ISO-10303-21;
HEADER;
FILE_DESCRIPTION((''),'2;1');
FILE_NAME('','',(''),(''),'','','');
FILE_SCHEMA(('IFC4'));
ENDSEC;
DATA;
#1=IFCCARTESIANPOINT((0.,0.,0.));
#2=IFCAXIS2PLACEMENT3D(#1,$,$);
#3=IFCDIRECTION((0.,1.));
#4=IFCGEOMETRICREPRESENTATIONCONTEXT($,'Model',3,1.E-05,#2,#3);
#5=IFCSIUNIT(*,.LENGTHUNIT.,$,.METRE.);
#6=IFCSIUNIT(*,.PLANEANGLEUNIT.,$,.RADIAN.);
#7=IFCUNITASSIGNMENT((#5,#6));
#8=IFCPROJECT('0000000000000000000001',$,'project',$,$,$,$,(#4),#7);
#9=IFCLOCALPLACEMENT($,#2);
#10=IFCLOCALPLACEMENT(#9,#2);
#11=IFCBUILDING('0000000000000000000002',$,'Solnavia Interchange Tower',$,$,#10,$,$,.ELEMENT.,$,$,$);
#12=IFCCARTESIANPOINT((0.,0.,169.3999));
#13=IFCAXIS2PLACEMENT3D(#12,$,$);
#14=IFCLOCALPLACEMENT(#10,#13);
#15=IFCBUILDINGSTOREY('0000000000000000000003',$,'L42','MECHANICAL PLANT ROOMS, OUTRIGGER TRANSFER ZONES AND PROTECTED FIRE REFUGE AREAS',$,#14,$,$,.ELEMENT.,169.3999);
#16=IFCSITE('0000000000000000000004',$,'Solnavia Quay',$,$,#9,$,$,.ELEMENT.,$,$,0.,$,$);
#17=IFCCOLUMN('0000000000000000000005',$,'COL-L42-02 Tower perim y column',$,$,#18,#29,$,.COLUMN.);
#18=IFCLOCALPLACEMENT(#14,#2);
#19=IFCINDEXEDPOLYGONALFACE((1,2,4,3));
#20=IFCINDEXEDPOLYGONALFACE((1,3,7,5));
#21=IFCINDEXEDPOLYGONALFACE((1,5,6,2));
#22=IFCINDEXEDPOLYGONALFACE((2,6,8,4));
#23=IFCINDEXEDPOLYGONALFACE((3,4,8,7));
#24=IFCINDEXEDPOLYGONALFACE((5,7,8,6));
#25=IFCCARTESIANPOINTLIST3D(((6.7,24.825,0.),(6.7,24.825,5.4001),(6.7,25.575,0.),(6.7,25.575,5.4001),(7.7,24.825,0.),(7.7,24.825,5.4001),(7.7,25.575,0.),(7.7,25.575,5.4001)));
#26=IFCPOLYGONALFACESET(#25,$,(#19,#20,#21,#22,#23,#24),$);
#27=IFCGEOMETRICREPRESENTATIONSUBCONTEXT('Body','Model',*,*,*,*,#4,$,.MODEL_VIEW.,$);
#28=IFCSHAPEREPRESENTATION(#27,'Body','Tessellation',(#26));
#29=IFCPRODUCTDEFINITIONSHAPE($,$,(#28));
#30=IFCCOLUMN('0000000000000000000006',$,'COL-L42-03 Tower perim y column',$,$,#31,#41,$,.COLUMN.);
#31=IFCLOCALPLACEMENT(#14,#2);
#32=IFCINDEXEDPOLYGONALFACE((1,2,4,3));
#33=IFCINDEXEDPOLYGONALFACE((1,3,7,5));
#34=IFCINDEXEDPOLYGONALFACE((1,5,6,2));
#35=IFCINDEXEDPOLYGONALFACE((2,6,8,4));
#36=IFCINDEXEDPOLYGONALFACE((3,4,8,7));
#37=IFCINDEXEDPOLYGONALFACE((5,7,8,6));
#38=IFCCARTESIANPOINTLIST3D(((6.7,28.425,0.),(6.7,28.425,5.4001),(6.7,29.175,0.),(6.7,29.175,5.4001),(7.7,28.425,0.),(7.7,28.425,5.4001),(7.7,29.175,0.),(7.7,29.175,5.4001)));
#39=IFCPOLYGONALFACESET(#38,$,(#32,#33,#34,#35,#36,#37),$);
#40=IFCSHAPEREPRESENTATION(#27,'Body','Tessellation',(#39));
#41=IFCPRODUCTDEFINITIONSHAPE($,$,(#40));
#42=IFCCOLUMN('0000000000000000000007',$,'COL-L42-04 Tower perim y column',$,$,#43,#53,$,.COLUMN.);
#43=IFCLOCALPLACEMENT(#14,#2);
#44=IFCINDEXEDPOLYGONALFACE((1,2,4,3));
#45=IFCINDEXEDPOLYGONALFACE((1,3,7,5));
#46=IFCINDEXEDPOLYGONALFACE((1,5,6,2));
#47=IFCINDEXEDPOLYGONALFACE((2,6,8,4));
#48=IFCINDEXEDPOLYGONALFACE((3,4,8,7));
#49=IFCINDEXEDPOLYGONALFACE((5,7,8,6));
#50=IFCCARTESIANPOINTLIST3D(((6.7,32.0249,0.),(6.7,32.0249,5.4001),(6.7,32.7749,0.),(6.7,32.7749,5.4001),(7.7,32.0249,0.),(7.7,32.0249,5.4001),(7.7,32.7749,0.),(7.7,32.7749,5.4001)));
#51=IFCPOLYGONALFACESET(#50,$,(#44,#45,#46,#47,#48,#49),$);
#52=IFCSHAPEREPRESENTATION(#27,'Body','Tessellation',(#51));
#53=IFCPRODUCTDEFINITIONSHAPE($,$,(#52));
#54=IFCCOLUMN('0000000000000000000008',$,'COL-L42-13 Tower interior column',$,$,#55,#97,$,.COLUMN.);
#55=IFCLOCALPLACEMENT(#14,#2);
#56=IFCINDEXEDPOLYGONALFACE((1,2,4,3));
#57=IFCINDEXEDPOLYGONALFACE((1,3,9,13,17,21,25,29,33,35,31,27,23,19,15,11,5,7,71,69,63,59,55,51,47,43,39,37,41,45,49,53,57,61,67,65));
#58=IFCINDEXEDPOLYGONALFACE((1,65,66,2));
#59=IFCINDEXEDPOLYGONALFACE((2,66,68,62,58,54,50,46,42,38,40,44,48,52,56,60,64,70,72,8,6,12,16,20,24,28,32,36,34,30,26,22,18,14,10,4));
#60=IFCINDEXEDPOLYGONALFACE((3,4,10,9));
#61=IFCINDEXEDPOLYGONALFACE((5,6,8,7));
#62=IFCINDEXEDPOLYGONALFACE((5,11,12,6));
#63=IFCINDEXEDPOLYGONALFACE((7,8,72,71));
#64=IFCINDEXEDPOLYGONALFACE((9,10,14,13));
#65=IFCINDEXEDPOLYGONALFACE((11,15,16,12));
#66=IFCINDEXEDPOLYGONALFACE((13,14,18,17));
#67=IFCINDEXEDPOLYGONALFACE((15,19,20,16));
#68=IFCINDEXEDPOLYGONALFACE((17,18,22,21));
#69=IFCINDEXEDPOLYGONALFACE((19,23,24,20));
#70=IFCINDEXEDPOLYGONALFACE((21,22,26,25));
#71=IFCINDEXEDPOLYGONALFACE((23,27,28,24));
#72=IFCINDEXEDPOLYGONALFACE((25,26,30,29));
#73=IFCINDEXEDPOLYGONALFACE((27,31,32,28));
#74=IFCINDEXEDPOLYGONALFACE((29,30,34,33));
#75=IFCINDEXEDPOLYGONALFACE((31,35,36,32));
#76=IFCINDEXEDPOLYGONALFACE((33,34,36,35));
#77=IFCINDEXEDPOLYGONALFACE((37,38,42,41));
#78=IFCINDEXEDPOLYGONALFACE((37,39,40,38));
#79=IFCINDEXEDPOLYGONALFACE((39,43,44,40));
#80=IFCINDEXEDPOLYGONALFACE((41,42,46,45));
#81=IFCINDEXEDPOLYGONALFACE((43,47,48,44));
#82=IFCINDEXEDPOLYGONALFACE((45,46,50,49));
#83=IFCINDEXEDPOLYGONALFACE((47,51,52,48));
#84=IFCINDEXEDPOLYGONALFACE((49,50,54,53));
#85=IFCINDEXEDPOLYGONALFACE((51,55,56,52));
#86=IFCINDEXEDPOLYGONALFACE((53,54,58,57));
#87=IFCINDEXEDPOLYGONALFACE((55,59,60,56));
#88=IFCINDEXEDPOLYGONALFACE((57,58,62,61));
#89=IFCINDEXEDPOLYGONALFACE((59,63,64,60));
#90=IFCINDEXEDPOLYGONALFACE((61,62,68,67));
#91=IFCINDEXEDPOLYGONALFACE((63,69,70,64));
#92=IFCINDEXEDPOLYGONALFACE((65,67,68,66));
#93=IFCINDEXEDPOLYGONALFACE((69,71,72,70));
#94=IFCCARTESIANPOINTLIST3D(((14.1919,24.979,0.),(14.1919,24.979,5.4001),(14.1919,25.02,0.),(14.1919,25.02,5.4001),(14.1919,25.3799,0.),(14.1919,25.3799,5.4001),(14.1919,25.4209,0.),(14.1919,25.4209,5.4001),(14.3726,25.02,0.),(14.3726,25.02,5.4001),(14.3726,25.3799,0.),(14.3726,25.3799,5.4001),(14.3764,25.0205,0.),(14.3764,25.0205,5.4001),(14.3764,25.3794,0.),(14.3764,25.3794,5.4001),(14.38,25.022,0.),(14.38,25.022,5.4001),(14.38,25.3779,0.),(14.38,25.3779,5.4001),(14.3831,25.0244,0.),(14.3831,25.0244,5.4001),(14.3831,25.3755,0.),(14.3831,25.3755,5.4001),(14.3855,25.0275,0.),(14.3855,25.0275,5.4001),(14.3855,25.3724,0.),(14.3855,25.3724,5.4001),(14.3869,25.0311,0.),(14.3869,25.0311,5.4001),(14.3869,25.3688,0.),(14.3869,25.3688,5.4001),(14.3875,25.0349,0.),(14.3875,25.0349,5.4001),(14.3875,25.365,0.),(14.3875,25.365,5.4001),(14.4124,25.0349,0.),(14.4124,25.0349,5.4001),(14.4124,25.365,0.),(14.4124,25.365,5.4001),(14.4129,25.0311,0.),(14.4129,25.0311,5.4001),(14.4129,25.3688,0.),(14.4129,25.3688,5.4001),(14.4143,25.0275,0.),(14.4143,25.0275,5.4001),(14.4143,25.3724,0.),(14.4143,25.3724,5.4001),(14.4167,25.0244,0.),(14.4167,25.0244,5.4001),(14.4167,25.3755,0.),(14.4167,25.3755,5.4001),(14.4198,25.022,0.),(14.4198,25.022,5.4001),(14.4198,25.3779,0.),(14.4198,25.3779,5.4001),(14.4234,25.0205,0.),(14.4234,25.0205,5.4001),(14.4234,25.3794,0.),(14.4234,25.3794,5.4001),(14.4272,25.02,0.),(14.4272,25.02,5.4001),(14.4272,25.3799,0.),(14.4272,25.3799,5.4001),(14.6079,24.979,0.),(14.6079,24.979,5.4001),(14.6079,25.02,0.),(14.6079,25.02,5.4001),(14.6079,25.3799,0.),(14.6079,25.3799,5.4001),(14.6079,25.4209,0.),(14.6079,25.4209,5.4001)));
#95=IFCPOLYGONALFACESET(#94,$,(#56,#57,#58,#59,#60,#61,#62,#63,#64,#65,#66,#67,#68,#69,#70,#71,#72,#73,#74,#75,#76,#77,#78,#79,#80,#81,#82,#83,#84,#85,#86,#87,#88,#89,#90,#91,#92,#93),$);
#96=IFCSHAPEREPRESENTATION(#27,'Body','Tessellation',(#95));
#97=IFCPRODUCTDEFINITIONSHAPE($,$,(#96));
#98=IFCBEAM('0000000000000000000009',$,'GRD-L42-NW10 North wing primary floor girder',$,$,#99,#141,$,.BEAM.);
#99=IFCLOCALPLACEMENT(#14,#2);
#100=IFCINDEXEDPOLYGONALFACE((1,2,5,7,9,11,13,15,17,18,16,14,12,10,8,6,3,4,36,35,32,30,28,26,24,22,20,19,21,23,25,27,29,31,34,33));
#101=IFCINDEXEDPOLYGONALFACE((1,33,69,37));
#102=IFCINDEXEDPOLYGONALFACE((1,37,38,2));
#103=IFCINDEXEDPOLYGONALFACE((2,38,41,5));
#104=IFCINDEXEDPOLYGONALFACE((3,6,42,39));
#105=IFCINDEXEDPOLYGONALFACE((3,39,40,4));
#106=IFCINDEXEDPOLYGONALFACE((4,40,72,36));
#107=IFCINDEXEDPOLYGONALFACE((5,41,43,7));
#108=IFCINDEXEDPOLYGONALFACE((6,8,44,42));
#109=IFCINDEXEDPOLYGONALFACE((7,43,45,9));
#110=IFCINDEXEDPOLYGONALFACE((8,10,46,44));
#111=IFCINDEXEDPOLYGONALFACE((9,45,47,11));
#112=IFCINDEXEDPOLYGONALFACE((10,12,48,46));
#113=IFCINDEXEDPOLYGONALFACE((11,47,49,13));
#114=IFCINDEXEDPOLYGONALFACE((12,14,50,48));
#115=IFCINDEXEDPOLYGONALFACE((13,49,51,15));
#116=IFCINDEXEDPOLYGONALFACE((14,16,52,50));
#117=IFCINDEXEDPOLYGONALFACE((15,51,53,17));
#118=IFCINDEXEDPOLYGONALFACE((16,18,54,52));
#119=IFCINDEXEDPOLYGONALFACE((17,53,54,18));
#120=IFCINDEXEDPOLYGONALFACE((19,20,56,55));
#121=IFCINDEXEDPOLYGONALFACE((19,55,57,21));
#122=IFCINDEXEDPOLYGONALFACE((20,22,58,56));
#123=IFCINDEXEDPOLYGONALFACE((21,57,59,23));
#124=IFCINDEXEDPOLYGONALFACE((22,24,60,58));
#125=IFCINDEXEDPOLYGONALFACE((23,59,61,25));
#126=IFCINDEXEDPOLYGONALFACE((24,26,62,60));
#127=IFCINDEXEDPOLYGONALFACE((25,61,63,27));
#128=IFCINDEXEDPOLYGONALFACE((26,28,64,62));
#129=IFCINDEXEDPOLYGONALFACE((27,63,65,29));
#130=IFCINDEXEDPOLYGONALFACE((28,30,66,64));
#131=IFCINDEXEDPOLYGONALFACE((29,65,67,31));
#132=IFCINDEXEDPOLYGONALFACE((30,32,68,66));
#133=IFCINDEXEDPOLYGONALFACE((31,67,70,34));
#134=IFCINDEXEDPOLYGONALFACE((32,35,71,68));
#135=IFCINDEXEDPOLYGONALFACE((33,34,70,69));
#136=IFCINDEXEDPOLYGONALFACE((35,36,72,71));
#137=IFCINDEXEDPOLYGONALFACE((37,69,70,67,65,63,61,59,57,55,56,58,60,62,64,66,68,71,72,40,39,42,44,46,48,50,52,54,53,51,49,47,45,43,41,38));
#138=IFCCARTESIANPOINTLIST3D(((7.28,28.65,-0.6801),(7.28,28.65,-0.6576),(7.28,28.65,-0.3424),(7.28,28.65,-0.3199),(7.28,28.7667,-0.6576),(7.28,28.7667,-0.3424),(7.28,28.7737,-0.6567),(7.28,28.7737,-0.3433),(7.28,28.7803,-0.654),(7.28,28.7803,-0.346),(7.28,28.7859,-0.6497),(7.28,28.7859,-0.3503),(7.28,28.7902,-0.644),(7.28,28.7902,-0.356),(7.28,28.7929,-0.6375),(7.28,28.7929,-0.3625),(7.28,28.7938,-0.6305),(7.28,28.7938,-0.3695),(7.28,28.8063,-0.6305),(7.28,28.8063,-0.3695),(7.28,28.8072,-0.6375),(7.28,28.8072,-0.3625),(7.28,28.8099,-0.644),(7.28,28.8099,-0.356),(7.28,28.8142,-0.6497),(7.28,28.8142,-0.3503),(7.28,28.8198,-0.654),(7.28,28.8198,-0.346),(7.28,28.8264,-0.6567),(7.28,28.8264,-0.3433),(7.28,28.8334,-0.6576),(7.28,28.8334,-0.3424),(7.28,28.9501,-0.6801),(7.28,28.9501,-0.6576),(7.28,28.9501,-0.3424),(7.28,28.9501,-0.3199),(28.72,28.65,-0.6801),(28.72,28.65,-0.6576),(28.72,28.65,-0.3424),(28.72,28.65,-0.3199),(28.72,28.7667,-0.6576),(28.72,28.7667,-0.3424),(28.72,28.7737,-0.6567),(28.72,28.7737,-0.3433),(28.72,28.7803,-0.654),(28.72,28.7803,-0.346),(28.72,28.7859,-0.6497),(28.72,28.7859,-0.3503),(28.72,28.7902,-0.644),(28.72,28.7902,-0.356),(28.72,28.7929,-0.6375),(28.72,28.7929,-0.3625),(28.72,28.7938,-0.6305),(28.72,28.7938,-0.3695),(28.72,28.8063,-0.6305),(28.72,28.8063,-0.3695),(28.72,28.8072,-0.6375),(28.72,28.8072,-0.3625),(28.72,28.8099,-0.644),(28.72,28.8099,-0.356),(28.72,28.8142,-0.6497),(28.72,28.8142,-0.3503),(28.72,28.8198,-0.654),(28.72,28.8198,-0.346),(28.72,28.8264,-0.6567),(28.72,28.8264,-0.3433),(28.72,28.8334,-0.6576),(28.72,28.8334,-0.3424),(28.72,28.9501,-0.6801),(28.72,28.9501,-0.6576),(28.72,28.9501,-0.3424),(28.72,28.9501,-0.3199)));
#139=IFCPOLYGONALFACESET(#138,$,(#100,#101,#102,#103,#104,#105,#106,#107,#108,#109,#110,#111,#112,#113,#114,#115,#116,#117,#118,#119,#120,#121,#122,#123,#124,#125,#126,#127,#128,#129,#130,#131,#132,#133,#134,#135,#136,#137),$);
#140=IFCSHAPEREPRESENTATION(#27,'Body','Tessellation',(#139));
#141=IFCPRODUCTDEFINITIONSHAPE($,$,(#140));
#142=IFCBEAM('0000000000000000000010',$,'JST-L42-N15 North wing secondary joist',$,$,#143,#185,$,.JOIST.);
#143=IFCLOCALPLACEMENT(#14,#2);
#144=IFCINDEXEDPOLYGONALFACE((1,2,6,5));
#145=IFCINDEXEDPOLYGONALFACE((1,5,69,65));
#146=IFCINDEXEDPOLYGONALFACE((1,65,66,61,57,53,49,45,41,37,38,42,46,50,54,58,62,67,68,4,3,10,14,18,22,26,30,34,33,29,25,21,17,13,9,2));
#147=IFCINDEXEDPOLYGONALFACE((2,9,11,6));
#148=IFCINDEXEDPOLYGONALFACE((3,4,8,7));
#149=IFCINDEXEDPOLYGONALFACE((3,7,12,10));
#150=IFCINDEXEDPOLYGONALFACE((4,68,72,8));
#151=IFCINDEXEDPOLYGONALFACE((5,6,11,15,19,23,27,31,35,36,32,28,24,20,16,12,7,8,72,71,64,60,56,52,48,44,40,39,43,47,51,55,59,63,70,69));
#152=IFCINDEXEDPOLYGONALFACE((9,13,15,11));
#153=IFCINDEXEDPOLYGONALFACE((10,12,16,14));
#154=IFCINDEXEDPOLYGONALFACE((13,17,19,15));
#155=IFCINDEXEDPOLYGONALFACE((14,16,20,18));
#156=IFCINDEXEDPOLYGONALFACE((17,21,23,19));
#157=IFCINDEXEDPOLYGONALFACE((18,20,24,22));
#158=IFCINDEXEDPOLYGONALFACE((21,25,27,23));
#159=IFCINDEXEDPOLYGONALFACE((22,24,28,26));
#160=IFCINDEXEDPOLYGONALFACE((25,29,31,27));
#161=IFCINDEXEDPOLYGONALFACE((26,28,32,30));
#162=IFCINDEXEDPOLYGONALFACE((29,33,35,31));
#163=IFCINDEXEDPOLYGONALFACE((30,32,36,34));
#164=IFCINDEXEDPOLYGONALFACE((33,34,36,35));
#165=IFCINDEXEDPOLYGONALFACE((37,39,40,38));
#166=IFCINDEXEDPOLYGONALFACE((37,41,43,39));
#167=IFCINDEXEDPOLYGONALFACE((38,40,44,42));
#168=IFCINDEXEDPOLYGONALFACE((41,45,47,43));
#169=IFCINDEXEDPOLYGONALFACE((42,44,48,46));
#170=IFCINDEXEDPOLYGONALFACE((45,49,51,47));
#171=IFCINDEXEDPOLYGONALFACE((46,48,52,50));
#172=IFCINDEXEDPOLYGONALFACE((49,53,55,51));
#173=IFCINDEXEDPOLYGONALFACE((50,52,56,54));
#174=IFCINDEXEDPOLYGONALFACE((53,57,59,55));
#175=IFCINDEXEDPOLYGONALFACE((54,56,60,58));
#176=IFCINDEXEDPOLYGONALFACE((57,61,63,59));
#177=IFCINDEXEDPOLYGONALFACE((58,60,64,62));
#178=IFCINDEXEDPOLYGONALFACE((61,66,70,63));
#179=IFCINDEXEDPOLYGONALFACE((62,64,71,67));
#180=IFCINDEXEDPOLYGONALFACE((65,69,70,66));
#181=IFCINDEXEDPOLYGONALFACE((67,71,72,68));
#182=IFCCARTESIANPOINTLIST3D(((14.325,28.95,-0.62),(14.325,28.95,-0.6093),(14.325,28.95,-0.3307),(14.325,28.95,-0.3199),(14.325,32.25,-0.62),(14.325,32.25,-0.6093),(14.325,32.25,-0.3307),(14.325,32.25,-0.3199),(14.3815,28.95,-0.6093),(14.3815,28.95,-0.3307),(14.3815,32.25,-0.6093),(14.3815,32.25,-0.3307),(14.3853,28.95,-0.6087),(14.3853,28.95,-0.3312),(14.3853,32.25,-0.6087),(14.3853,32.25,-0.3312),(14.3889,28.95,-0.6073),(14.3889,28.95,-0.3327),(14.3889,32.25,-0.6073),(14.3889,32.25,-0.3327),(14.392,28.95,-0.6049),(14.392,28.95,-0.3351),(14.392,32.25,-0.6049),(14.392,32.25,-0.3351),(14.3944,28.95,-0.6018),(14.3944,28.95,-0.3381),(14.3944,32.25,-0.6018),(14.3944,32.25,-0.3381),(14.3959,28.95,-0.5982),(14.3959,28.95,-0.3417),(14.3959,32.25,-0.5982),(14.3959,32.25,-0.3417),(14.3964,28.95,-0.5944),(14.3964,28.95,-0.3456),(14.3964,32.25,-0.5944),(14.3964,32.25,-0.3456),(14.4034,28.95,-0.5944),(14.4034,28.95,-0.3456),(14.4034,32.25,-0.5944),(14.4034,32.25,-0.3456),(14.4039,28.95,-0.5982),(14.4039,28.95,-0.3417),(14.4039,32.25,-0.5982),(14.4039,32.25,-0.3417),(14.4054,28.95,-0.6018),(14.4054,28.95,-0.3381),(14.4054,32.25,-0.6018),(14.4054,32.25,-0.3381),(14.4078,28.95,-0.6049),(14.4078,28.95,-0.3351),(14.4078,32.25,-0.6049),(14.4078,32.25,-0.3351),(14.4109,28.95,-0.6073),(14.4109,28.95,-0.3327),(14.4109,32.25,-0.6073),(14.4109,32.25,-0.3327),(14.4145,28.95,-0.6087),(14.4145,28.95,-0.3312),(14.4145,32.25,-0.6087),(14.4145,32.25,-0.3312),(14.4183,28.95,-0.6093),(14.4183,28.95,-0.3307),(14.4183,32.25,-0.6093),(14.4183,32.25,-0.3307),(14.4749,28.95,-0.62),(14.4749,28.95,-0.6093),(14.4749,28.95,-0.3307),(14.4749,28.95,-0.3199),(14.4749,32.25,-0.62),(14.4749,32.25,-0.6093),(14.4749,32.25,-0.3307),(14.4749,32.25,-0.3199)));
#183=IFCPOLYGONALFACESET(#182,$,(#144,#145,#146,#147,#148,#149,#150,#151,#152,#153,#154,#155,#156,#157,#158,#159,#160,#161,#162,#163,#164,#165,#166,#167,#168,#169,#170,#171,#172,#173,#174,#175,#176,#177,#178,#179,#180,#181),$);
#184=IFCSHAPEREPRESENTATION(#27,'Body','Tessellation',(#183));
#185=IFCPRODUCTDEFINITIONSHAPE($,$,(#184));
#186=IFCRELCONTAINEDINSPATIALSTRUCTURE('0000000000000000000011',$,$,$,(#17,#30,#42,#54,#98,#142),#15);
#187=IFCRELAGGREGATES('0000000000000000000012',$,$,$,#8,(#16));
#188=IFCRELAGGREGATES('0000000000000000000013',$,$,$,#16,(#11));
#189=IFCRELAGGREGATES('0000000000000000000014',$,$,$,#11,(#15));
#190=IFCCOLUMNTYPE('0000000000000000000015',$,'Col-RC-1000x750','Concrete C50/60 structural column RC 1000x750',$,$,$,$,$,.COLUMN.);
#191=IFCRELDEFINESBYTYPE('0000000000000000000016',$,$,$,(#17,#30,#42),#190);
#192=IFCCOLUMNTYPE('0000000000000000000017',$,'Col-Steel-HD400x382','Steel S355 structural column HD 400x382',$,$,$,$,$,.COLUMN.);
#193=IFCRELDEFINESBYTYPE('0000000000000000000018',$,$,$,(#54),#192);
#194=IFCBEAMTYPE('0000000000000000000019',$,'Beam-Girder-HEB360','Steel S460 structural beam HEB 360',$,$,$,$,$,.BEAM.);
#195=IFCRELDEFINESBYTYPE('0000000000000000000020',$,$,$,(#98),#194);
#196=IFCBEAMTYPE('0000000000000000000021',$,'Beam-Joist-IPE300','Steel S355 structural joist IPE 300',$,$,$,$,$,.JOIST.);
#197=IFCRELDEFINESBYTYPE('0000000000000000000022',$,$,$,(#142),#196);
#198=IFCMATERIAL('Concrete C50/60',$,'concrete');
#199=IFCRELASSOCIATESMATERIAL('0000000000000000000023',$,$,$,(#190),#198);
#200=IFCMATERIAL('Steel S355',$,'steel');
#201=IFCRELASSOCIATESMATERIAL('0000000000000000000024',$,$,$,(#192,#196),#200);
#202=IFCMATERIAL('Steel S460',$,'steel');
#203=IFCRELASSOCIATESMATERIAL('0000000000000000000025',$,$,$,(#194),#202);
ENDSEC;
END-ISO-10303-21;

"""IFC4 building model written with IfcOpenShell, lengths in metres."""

from ifc_helpers import new_model, si_unit, direction, frame, origin, origin_2d, place, context, subcontext, project, spatial, rectangle, i_section, extrude, material, material_profile, profile_set, type_object, element, save


model = new_model("IFC4")

# Units and contexts
model_context = context("Model", 3, precision=1e-05, world=origin(), true_north=direction((0.0, 1.0)))
body_context = subcontext(model_context, "Body", "Model", "MODEL_VIEW")
ifc_project = project(units=[si_unit("LENGTHUNIT", "METRE"), si_unit("PLANEANGLEUNIT", "RADIAN")], contexts=[model_context])

# Site, building, storey
site_placement = place(None, origin())
site = spatial("IfcSite", under=ifc_project, at=site_placement, Name="Solnavia Quay", CompositionType="ELEMENT", RefElevation=0.0)
building_placement = place(site_placement, origin())
building = spatial("IfcBuilding", under=site, at=building_placement, Name="Solnavia Interchange Tower", CompositionType="ELEMENT")
storey_placement = place(building_placement, frame((0.0, 0.0, 169.3999)))
storey = spatial("IfcBuildingStorey", under=building, at=storey_placement, Name="L42", Description="MECHANICAL PLANT ROOMS, OUTRIGGER TRANSFER ZONES AND PROTECTED FIRE REFUGE AREAS", CompositionType="ELEMENT", Elevation=169.3999)

# Columns
ifc_material_1 = material(Name="Concrete C50/60", Category="concrete")
ifc_material_profile_1 = material_profile(ifc_material_1, rectangle(XDim=0.75, YDim=1.0, at=origin_2d()), Name="RC 1000x750")
ifc_profile_set_1 = profile_set([ifc_material_profile_1], Name="Concrete C50/60")
column_type_1 = type_object("IfcColumnType", Name="Col-RC-1000x750", Description="Concrete C50/60 structural column RC 1000x750", PredefinedType="COLUMN", material=ifc_profile_set_1)
for number, where, z_axis, x_axis, name in (
    (1, (7.2, 25.2, 0.0), (0.0, 0.0, 1.0), (0.0, 1.0, 0.0), "COL-L42-02 Tower perim y column"),
    (2, (7.2, 28.8, 0.0), (0.0, 0.0, 1.0), (0.0, 1.0, 0.0), "COL-L42-03 Tower perim y column"),
    (3, (7.2, 32.3999, 0.0), (0.0, 0.0, 1.0), (0.0, 1.0, 0.0), "COL-L42-04 Tower perim y column"),
):
    element("IfcColumn", number, at=place(storey_placement, frame(where, z_axis=z_axis, x_axis=x_axis)), inside=storey, type_object=column_type_1, Name=name, PredefinedType="COLUMN", context=body_context, shape_type="SweptSolid", body=[
        extrude(rectangle(XDim=0.75, YDim=1.0, at=origin_2d()), origin(), (0.0, 0.0, 1.0), 5.4001),
    ])
ifc_material_2 = material(Name="Steel S355", Category="steel")
ifc_material_profile_2 = material_profile(ifc_material_2, i_section(OverallWidth=0.416, OverallDepth=0.4419, WebThickness=0.0249, FlangeThickness=0.041, FilletRadius=0.0149, at=origin_2d()), Name="HD 400x382")
ifc_profile_set_2 = profile_set([ifc_material_profile_2], Name="Steel S355")
column_type_2 = type_object("IfcColumnType", Name="Col-Steel-HD400x382", Description="Steel S355 structural column HD 400x382", PredefinedType="COLUMN", material=ifc_profile_set_2)
column_placement = place(storey_placement, frame((14.3999, 25.2, 0.0), z_axis=(0.0, 0.0, 1.0), x_axis=(1.0, 0.0, 0.0)))
element("IfcColumn", 4, at=column_placement, inside=storey, type_object=column_type_2, Name="COL-L42-13 Tower interior column", PredefinedType="COLUMN", context=body_context, shape_type="SweptSolid", body=[
    extrude(i_section(OverallWidth=0.416, OverallDepth=0.4419, WebThickness=0.0249, FlangeThickness=0.041, FilletRadius=0.0149, at=origin_2d()), origin(), (0.0, 0.0, 1.0), 5.4001),
])

# Beams
ifc_material_3 = material(Name="Steel S460", Category="steel")
ifc_material_profile_3 = material_profile(ifc_material_3, i_section(OverallWidth=0.3, OverallDepth=0.3601, WebThickness=0.0125, FlangeThickness=0.0225, FilletRadius=0.0271, at=origin_2d()), Name="HEB 360")
ifc_profile_set_3 = profile_set([ifc_material_profile_3], Name="Steel S460")
beam_type_1 = type_object("IfcBeamType", Name="Beam-Girder-HEB360", Description="Steel S460 structural beam HEB 360", PredefinedType="BEAM", material=ifc_profile_set_3)
beam_1_placement = place(storey_placement, frame((7.28, 28.8, -0.5), z_axis=(1.0, 0.0, 0.0), x_axis=(0.0, 1.0, 0.0)))
element("IfcBeam", 5, at=beam_1_placement, inside=storey, type_object=beam_type_1, Name="GRD-L42-NW10 North wing primary floor girder", PredefinedType="BEAM", context=body_context, shape_type="SweptSolid", body=[
    extrude(i_section(OverallWidth=0.3, OverallDepth=0.3601, WebThickness=0.0125, FlangeThickness=0.0225, FilletRadius=0.0271, at=origin_2d()), origin(), (0.0, 0.0, 1.0), 21.4399),
])
ifc_material_profile_4 = material_profile(ifc_material_2, i_section(OverallWidth=0.1499, OverallDepth=0.3, WebThickness=0.0071, FlangeThickness=0.0107, FilletRadius=0.0149, at=origin_2d()), Name="IPE 300")
ifc_profile_set_4 = profile_set([ifc_material_profile_4], Name="Steel S355")
beam_type_2 = type_object("IfcBeamType", Name="Beam-Joist-IPE300", Description="Steel S355 structural joist IPE 300", PredefinedType="JOIST", material=ifc_profile_set_4)
beam_2_placement = place(storey_placement, frame((14.3999, 28.95, -0.47), z_axis=(0.0, 1.0, 0.0), x_axis=(-1.0, 0.0, 0.0)))
element("IfcBeam", 6, at=beam_2_placement, inside=storey, type_object=beam_type_2, Name="JST-L42-N15 North wing secondary joist", PredefinedType="JOIST", context=body_context, shape_type="SweptSolid", body=[
    extrude(i_section(OverallWidth=0.1499, OverallDepth=0.3, WebThickness=0.0071, FlangeThickness=0.0107, FilletRadius=0.0149, at=origin_2d()), origin(), (0.0, 0.0, 1.0), 3.3),
])

save(model, "model.ifc")
